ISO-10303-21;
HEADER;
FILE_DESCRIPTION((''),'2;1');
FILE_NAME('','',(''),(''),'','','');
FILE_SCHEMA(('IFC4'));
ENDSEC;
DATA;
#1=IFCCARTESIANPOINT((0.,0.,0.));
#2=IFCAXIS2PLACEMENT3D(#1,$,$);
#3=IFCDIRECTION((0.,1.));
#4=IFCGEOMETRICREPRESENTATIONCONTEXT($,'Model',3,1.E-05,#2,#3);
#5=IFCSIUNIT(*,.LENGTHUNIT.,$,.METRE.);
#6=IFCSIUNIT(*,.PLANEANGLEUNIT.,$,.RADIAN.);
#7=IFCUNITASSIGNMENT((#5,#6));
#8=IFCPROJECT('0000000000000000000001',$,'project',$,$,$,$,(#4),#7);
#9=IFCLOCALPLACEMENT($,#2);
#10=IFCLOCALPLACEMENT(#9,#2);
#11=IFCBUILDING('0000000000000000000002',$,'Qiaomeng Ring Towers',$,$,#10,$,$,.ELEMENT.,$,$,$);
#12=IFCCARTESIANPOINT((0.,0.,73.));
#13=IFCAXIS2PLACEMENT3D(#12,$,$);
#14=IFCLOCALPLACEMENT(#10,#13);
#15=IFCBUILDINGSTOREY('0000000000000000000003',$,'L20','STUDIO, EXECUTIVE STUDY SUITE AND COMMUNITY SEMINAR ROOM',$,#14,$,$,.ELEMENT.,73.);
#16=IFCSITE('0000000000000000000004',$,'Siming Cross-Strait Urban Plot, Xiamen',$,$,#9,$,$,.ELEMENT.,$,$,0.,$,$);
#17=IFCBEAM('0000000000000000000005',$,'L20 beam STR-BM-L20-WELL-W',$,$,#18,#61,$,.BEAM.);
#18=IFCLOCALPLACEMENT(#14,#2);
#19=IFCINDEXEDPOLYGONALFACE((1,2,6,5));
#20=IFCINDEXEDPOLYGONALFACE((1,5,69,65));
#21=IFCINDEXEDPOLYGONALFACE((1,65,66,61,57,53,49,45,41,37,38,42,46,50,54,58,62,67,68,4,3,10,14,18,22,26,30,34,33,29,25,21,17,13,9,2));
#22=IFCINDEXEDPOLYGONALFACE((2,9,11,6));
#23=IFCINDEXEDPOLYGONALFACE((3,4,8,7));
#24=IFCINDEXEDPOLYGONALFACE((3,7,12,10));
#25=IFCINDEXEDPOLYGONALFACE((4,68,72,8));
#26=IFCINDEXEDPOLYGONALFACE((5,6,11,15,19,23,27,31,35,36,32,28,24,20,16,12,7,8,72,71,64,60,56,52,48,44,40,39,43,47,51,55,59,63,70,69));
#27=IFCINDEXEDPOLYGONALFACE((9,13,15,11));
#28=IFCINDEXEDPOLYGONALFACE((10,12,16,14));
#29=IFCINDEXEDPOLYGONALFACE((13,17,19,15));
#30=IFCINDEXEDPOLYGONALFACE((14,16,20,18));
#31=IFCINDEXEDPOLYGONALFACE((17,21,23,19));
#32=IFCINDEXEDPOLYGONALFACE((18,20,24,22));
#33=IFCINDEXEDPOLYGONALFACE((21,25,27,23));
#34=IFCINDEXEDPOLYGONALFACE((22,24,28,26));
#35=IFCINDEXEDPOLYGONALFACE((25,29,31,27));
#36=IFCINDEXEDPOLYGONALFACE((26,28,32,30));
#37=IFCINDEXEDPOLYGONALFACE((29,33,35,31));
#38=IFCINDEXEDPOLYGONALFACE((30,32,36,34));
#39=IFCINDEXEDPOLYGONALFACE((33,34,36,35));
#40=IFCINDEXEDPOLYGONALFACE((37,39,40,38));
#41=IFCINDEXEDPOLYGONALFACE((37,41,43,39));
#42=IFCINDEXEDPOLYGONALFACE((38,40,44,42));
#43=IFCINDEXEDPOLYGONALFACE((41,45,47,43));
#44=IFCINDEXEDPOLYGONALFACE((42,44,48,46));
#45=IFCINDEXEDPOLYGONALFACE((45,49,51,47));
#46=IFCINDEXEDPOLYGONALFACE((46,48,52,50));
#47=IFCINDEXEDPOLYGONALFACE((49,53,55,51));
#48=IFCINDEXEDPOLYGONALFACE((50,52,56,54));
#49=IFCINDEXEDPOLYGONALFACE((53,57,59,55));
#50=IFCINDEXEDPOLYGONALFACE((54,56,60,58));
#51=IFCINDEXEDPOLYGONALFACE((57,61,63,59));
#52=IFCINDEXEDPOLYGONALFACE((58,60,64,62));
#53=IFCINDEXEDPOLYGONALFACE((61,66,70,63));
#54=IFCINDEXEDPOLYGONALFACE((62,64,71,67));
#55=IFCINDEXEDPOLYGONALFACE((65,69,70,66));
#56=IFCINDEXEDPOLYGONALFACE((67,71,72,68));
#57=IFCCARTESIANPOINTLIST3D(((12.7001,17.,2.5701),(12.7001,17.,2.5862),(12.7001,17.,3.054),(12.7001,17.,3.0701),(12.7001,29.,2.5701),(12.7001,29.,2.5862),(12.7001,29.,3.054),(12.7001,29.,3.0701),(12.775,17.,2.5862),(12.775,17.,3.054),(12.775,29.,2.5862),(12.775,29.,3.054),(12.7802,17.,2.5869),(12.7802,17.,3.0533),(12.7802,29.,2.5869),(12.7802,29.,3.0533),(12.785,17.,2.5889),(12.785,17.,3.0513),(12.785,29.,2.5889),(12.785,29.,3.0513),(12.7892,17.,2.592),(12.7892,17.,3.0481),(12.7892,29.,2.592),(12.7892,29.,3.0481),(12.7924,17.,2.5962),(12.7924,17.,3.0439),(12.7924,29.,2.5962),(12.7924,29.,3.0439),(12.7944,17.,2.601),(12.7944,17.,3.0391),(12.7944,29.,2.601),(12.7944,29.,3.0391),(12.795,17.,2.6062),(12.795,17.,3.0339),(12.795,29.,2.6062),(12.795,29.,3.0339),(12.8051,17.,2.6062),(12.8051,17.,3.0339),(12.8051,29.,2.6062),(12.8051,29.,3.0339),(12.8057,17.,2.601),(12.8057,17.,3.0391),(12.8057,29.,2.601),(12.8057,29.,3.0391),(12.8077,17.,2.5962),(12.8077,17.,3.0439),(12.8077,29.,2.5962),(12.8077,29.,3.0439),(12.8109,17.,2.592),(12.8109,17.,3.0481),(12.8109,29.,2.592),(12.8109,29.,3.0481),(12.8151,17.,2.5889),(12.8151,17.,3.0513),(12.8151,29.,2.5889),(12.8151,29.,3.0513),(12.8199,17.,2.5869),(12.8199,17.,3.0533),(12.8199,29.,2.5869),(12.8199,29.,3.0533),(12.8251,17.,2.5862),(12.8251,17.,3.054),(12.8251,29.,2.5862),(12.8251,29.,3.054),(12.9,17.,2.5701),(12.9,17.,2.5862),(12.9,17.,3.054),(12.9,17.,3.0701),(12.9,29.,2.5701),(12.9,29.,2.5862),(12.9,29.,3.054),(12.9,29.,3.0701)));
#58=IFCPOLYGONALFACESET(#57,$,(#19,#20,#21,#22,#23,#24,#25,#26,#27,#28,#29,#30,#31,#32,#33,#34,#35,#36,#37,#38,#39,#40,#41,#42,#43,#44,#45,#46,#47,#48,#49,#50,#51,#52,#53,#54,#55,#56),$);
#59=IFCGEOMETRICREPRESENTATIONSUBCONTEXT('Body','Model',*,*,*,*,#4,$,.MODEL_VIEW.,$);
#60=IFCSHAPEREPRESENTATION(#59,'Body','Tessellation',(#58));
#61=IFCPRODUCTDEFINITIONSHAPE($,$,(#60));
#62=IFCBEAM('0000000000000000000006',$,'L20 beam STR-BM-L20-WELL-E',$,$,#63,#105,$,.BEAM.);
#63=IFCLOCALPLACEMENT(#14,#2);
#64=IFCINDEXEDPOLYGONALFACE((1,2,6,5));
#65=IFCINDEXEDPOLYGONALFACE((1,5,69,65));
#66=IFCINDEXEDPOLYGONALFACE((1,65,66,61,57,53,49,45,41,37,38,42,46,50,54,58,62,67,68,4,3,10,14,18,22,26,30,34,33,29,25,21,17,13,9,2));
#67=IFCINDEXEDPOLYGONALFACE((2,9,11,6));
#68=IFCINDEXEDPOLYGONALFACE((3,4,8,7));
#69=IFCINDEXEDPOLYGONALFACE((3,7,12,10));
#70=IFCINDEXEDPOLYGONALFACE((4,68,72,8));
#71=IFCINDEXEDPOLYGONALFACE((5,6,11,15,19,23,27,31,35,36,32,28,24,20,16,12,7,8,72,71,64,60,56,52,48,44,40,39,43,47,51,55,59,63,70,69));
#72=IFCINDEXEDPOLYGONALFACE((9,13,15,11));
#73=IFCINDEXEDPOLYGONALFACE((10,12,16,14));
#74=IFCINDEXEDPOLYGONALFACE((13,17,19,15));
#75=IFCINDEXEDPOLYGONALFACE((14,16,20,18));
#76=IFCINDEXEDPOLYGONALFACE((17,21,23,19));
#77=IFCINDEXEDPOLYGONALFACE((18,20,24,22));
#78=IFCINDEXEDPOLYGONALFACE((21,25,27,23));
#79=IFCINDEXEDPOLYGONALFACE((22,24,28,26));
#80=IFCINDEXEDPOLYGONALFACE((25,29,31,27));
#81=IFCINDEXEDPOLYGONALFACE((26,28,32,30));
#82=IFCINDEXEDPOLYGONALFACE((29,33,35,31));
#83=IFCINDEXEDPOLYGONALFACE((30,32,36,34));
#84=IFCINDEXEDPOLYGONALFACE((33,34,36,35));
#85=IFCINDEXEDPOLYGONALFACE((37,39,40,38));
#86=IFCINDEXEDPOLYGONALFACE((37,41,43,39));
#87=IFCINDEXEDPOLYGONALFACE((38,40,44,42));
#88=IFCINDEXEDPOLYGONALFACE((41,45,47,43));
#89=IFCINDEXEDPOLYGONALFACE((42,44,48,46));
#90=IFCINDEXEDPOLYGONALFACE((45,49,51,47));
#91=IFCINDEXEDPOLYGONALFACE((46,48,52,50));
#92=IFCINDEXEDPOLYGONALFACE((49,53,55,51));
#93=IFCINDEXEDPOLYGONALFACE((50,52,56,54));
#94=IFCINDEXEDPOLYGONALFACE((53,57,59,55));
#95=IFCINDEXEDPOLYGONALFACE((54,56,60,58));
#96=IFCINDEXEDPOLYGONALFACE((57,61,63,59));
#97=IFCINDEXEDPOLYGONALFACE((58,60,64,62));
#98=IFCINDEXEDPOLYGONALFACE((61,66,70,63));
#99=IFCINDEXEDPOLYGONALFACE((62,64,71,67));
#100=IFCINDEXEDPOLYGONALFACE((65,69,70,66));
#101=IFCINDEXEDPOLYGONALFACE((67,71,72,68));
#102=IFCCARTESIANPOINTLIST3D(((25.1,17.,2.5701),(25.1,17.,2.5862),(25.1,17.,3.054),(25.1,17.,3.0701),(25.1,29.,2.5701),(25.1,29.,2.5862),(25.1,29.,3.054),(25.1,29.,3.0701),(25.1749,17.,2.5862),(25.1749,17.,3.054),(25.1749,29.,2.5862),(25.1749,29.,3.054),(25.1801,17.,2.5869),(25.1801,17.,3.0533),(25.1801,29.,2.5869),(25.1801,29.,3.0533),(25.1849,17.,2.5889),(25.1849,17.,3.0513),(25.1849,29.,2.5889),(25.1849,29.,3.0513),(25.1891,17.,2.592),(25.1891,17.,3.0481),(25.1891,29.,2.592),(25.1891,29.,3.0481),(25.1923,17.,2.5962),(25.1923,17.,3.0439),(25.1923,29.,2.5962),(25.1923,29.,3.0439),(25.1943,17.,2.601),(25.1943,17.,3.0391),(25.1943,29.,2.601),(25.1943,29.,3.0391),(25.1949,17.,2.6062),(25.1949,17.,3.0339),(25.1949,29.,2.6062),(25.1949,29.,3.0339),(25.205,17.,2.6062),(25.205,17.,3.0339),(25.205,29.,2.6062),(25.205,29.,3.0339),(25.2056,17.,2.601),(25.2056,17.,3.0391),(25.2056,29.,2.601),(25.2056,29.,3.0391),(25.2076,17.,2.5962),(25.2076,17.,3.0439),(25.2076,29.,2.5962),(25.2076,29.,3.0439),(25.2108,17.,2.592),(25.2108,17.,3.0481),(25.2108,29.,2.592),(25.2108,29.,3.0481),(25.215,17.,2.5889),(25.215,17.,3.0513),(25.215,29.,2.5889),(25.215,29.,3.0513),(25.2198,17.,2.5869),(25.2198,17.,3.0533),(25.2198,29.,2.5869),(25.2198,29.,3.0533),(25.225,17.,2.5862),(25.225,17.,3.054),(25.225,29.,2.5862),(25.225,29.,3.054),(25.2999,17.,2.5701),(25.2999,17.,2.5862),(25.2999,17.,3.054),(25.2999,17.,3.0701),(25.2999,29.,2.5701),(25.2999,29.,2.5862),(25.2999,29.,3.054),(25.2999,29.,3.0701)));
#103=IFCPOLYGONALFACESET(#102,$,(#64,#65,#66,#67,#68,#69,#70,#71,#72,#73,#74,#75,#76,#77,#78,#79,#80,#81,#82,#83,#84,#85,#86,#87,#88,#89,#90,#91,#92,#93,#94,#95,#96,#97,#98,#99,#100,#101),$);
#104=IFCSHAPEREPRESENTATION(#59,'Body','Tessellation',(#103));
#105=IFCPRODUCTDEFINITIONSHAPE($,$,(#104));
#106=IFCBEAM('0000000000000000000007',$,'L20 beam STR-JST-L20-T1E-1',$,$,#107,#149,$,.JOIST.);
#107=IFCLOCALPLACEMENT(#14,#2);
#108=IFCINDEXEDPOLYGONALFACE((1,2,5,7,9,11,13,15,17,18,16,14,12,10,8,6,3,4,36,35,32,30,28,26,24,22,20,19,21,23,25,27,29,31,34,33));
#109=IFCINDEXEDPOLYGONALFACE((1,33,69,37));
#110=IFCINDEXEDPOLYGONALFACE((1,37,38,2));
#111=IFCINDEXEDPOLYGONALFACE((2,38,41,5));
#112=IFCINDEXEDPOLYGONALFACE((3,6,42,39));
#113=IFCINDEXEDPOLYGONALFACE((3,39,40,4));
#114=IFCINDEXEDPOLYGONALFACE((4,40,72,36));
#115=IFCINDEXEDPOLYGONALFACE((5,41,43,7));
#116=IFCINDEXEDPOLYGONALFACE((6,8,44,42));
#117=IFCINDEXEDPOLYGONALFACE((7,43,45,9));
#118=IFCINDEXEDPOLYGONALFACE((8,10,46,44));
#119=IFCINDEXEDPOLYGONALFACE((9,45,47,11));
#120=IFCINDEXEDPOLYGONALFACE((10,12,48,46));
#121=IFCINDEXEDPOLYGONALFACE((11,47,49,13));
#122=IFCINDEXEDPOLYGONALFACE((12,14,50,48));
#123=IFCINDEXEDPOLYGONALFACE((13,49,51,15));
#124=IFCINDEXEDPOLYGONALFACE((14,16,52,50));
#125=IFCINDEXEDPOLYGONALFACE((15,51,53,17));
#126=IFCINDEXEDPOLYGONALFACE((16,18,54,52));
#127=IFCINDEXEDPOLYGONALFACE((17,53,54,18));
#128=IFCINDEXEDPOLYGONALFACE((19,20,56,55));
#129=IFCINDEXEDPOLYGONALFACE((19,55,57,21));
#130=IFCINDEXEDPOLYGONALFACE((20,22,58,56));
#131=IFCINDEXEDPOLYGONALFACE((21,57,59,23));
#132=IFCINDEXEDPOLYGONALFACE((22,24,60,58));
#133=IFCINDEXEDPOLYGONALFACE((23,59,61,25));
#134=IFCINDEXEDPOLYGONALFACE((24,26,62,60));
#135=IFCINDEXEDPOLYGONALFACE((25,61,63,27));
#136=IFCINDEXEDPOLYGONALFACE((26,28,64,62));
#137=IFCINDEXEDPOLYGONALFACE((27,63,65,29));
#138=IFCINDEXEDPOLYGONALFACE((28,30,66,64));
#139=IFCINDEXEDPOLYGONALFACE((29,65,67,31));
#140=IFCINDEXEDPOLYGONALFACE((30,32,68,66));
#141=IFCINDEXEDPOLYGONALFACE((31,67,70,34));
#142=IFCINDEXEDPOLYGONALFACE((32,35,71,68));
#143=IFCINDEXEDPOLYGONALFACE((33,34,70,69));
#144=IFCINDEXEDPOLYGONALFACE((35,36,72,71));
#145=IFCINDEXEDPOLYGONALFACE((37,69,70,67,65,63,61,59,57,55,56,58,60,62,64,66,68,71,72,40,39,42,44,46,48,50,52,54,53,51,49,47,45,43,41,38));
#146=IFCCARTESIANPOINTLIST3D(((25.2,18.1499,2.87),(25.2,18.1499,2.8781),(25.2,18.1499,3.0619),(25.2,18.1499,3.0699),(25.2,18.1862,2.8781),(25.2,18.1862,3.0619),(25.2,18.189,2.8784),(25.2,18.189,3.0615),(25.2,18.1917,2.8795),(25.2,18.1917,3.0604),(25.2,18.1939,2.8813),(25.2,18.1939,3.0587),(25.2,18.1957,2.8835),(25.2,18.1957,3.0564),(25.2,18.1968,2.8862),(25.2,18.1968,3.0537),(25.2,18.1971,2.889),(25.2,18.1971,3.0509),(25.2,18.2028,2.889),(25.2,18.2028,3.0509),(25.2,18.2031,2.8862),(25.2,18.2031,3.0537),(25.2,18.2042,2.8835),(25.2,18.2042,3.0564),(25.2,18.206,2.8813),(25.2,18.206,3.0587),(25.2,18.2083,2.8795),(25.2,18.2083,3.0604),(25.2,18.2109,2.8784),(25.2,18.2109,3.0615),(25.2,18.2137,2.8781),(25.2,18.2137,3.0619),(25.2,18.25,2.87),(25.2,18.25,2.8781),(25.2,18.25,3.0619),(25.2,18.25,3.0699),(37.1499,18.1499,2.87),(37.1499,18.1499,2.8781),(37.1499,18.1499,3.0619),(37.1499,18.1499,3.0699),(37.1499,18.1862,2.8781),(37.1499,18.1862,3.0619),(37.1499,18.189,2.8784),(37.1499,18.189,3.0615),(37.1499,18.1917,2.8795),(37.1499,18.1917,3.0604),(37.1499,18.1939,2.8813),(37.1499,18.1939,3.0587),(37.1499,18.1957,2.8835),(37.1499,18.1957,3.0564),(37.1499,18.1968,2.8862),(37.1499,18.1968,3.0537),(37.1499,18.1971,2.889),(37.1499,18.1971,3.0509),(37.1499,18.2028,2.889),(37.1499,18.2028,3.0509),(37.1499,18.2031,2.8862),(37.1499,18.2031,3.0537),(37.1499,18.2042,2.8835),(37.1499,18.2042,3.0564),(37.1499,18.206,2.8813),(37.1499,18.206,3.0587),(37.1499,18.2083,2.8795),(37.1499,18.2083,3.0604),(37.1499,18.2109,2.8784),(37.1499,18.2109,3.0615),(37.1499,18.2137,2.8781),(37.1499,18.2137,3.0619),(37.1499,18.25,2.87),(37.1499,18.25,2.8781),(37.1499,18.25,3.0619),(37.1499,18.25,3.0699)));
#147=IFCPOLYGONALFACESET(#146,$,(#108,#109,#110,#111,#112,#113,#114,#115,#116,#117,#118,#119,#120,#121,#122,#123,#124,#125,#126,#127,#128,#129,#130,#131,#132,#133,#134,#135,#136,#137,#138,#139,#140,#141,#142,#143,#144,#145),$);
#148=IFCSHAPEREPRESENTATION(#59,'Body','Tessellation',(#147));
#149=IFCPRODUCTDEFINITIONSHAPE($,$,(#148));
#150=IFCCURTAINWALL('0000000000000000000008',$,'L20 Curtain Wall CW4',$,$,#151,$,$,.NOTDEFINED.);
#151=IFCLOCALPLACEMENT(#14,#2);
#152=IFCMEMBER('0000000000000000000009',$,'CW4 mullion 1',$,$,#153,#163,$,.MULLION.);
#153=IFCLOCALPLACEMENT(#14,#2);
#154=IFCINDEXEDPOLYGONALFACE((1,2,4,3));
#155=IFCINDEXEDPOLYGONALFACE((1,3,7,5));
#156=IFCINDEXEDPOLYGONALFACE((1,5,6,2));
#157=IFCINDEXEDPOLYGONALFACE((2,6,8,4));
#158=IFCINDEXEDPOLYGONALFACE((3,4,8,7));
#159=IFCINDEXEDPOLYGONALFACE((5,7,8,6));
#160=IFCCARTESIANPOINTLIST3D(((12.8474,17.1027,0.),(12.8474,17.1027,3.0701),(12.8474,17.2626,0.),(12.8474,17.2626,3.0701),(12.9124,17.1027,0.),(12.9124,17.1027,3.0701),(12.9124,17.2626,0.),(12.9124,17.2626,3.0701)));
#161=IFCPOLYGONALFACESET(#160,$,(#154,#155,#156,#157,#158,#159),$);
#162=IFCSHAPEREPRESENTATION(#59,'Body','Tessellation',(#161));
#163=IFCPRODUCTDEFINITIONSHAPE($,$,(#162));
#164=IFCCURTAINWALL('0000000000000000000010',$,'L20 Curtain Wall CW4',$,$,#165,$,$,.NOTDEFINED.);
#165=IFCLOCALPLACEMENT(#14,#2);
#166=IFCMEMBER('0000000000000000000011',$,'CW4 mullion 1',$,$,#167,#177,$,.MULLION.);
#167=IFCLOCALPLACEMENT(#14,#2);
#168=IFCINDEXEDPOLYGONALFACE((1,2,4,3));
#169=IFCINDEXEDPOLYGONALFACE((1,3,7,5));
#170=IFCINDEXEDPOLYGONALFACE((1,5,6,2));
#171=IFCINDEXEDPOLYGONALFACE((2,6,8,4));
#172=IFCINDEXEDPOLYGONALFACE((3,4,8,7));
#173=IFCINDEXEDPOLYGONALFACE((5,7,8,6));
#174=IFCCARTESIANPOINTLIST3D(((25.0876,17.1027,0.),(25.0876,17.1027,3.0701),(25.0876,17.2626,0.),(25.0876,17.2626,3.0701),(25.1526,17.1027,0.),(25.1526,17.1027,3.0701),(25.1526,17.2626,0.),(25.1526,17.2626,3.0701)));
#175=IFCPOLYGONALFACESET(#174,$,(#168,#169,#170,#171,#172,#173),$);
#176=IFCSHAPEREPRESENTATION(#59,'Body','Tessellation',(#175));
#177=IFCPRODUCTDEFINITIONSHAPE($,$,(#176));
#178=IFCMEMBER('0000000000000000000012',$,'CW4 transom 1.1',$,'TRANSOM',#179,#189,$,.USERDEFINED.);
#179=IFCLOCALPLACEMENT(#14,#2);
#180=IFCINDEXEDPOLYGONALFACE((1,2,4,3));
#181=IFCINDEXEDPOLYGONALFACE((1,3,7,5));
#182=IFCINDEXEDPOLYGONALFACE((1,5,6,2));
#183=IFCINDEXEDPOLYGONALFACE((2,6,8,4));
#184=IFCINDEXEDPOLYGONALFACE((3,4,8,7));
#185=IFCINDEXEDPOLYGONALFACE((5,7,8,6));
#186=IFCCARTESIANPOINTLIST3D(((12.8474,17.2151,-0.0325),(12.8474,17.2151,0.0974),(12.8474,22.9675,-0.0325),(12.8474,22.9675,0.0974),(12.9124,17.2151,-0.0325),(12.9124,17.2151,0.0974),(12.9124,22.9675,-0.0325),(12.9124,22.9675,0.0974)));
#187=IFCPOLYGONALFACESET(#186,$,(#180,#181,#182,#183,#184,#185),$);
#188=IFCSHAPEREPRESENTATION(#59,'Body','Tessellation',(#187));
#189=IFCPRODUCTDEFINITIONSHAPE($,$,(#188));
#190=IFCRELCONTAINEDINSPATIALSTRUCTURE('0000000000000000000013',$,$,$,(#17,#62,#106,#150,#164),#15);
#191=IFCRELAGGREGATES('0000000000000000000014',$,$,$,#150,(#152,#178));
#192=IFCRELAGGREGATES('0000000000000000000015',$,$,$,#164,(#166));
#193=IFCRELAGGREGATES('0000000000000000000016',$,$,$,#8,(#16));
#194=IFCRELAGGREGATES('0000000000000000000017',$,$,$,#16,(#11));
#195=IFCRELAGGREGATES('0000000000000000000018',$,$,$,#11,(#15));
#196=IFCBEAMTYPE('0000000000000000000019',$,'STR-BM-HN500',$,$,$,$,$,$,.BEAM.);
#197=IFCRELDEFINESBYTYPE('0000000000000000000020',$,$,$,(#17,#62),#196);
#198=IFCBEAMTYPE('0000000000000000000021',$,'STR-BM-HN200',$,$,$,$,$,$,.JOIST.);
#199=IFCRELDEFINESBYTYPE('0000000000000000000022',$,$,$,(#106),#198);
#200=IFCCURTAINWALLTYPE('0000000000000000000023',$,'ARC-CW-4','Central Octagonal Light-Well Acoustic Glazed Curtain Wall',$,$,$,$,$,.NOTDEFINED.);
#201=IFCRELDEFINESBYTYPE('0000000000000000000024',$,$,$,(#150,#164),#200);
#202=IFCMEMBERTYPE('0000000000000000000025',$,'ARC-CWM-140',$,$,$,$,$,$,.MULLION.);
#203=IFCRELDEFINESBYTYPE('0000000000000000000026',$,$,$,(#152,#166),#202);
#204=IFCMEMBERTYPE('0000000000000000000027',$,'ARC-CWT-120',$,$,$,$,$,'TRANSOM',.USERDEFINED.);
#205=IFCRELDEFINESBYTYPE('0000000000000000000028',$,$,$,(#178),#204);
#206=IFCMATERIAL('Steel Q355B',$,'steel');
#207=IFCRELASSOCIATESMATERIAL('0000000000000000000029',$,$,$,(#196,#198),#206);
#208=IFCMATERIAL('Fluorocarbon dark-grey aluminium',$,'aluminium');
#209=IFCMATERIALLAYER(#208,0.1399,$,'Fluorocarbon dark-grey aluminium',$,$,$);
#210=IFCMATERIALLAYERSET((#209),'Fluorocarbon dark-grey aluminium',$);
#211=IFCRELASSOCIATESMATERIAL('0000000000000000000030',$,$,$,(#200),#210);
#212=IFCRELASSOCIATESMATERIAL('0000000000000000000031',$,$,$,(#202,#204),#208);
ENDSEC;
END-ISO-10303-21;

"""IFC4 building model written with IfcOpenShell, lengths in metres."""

from ifc_helpers import new_model, si_unit, direction, frame, origin, origin_2d, place, context, subcontext, project, spatial, rectangle, i_section, extrude, source, transform, mapped, material, layer, layer_set, material_profile, profile_set, type_object, element, aggregate, save


model = new_model("IFC4")

# Units and contexts
model_context = context("Model", 3, precision=1e-05, world=origin(), true_north=direction((0.0, 1.0)))
body_context = subcontext(model_context, "Body", "Model", "MODEL_VIEW")
ifc_project = project(units=[si_unit("LENGTHUNIT", "METRE"), si_unit("PLANEANGLEUNIT", "RADIAN")], contexts=[model_context])

# Site, building, storey
site_placement = place(None, origin())
site = spatial("IfcSite", under=ifc_project, at=site_placement, Name="Siming Cross-Strait Urban Plot, Xiamen", CompositionType="ELEMENT", RefElevation=0.0)
building_placement = place(site_placement, origin())
building = spatial("IfcBuilding", under=site, at=building_placement, Name="Qiaomeng Ring Towers", CompositionType="ELEMENT")
storey_placement = place(building_placement, frame((0.0, 0.0, 73.0)))
storey = spatial("IfcBuildingStorey", under=building, at=storey_placement, Name="L20", Description="STUDIO, EXECUTIVE STUDY SUITE AND COMMUNITY SEMINAR ROOM", CompositionType="ELEMENT", Elevation=73.0)

# Beams
ifc_material_1 = material(Name="Steel Q355B", Category="steel")
ifc_material_profile_1 = material_profile(ifc_material_1, i_section(OverallWidth=0.2, OverallDepth=0.5, WebThickness=0.01, FlangeThickness=0.0161, FilletRadius=0.02, at=origin_2d()), Name="HN 500x200x10x16")
ifc_profile_set_1 = profile_set([ifc_material_profile_1], Name="Steel Q355B")
beam_type_1 = type_object("IfcBeamType", Name="STR-BM-HN500", PredefinedType="BEAM", material=ifc_profile_set_1)
shared_shape_1 = source(origin(), body_context, "Body", "SweptSolid", [
    extrude(i_section(OverallWidth=0.2, OverallDepth=0.5, WebThickness=0.01, FlangeThickness=0.0161, FilletRadius=0.02, at=origin_2d()), origin(), (0.0, 0.0, 1.0), 12.0),
])
for number, where, z_axis, x_axis, name in (
    (1, (12.8, 17.0, 2.8201), (0.0, 1.0, 0.0), (-1.0, 0.0, 0.0), "L20 beam STR-BM-L20-WELL-W"),
    (2, (25.2, 17.0, 2.8201), (0.0, 1.0, 0.0), (-1.0, 0.0, 0.0), "L20 beam STR-BM-L20-WELL-E"),
):
    element("IfcBeam", number, at=place(storey_placement, frame(where, z_axis=z_axis, x_axis=x_axis)), inside=storey, type_object=beam_type_1, Name=name, PredefinedType="BEAM", context=body_context, shape_type="MappedRepresentation", body=[
        mapped(shared_shape_1, transform((0.0, 0.0, 0.0), x_axis=(1.0, 0.0, 0.0), y_axis=(0.0, 1.0, 0.0), z_axis=(0.0, 0.0, 1.0), scale=1.0)),
    ])
ifc_material_profile_2 = material_profile(ifc_material_1, i_section(OverallWidth=0.1001, OverallDepth=0.2, WebThickness=0.0056, FlangeThickness=0.0081, FilletRadius=0.011, at=origin_2d()), Name="HN 200x100x5.5x8")
ifc_profile_set_2 = profile_set([ifc_material_profile_2], Name="Steel Q355B")
beam_type_2 = type_object("IfcBeamType", Name="STR-BM-HN200", PredefinedType="JOIST", material=ifc_profile_set_2)
shared_shape_2 = source(origin(), body_context, "Body", "SweptSolid", [
    extrude(i_section(OverallWidth=0.1001, OverallDepth=0.2, WebThickness=0.0056, FlangeThickness=0.0081, FilletRadius=0.011, at=origin_2d()), origin(), (0.0, 0.0, 1.0), 11.95),
])
beam_placement = place(storey_placement, frame((25.2, 18.2, 2.97), z_axis=(1.0, 0.0, 0.0), x_axis=(0.0, 1.0, 0.0)))
element("IfcBeam", 3, at=beam_placement, inside=storey, type_object=beam_type_2, Name="L20 beam STR-JST-L20-T1E-1", PredefinedType="JOIST", context=body_context, shape_type="MappedRepresentation", body=[
    mapped(shared_shape_2, transform((0.0, 0.0, 0.0), x_axis=(1.0, 0.0, 0.0), y_axis=(0.0, 1.0, 0.0), z_axis=(0.0, 0.0, 1.0), scale=1.0)),
])

# Curtain walls, members
ifc_material_2 = material(Name="Fluorocarbon dark-grey aluminium", Category="aluminium")
ifc_layer_1 = layer(ifc_material_2, 0.1399, Name="Fluorocarbon dark-grey aluminium")
ifc_layer_set_1 = layer_set([ifc_layer_1], Name="Fluorocarbon dark-grey aluminium")
curtain_wall_type = type_object("IfcCurtainWallType", Name="ARC-CW-4", Description="Central Octagonal Light-Well Acoustic Glazed Curtain Wall", PredefinedType="NOTDEFINED", material=ifc_layer_set_1)
curtain_wall_1_placement = place(storey_placement, origin())
curtain_wall_1 = element("IfcCurtainWall", 4, at=curtain_wall_1_placement, inside=storey, type_object=curtain_wall_type, Name="L20 Curtain Wall CW4", PredefinedType="NOTDEFINED")
ifc_material_profile_3 = material_profile(ifc_material_2, rectangle(XDim=0.0649, YDim=0.1599, at=origin_2d()), Name="ALU MULL 65x160")
ifc_profile_set_3 = profile_set([ifc_material_profile_3], Name="Fluorocarbon dark-grey aluminium")
member_type_1 = type_object("IfcMemberType", Name="ARC-CWM-140", PredefinedType="MULLION", material=ifc_profile_set_3)
shared_shape_3 = source(origin(), body_context, "Body", "SweptSolid", [
    extrude(rectangle(XDim=0.0649, YDim=0.1599, at=origin_2d()), origin(), (0.0, 0.0, 1.0), 3.0701),
])
member_1_placement = place(storey_placement, frame((12.8799, 17.1826, 0.0), z_axis=(0.0, 0.0, 1.0), x_axis=(-1.0, 0.0, 0.0)))
member_1 = element("IfcMember", 5, at=member_1_placement, type_object=member_type_1, Name="CW4 mullion 1", PredefinedType="MULLION", context=body_context, shape_type="MappedRepresentation", body=[
    mapped(shared_shape_3, transform((0.0, 0.0, 0.0), x_axis=(1.0, 0.0, 0.0), y_axis=(0.0, 1.0, 0.0), z_axis=(0.0, 0.0, 1.0), scale=1.0)),
])
curtain_wall_2_placement = place(storey_placement, origin())
curtain_wall_2 = element("IfcCurtainWall", 6, at=curtain_wall_2_placement, inside=storey, type_object=curtain_wall_type, Name="L20 Curtain Wall CW4", PredefinedType="NOTDEFINED")
member_2_placement = place(storey_placement, frame((25.1201, 17.1826, 0.0), z_axis=(0.0, 0.0, 1.0), x_axis=(-1.0, 0.0, 0.0)))
member_2 = element("IfcMember", 7, at=member_2_placement, type_object=member_type_1, Name="CW4 mullion 1", PredefinedType="MULLION", context=body_context, shape_type="MappedRepresentation", body=[
    mapped(shared_shape_3, transform((0.0, 0.0, 0.0), x_axis=(1.0, 0.0, 0.0), y_axis=(0.0, 1.0, 0.0), z_axis=(0.0, 0.0, 1.0), scale=1.0)),
])

# Member
ifc_material_profile_4 = material_profile(ifc_material_2, rectangle(XDim=0.0649, YDim=0.1299, at=origin_2d()), Name="ALU TRAN 65x130")
ifc_profile_set_4 = profile_set([ifc_material_profile_4], Name="Fluorocarbon dark-grey aluminium")
member_type_2 = type_object("IfcMemberType", Name="ARC-CWT-120", ElementType="TRANSOM", PredefinedType="USERDEFINED", material=ifc_profile_set_4)
shared_shape_4 = source(origin(), body_context, "Body", "SweptSolid", [
    extrude(rectangle(XDim=0.0649, YDim=0.1299, at=origin_2d()), origin(), (0.0, 0.0, 1.0), 5.7524),
])
member_3_placement = place(storey_placement, frame((12.8799, 17.2151, 0.0325), z_axis=(0.0, 1.0, 0.0), x_axis=(-1.0, 0.0, 0.0)))
member_3 = element("IfcMember", 8, at=member_3_placement, type_object=member_type_2, Name="CW4 transom 1.1", ObjectType="TRANSOM", PredefinedType="USERDEFINED", context=body_context, shape_type="MappedRepresentation", body=[
    mapped(shared_shape_4, transform((0.0, 0.0, 0.0), x_axis=(1.0, 0.0, 0.0), y_axis=(0.0, 1.0, 0.0), z_axis=(0.0, 0.0, 1.0), scale=1.0)),
])
aggregate(curtain_wall_1, [member_1, member_3])
aggregate(curtain_wall_2, [member_2])

save(model, "model.ifc")
